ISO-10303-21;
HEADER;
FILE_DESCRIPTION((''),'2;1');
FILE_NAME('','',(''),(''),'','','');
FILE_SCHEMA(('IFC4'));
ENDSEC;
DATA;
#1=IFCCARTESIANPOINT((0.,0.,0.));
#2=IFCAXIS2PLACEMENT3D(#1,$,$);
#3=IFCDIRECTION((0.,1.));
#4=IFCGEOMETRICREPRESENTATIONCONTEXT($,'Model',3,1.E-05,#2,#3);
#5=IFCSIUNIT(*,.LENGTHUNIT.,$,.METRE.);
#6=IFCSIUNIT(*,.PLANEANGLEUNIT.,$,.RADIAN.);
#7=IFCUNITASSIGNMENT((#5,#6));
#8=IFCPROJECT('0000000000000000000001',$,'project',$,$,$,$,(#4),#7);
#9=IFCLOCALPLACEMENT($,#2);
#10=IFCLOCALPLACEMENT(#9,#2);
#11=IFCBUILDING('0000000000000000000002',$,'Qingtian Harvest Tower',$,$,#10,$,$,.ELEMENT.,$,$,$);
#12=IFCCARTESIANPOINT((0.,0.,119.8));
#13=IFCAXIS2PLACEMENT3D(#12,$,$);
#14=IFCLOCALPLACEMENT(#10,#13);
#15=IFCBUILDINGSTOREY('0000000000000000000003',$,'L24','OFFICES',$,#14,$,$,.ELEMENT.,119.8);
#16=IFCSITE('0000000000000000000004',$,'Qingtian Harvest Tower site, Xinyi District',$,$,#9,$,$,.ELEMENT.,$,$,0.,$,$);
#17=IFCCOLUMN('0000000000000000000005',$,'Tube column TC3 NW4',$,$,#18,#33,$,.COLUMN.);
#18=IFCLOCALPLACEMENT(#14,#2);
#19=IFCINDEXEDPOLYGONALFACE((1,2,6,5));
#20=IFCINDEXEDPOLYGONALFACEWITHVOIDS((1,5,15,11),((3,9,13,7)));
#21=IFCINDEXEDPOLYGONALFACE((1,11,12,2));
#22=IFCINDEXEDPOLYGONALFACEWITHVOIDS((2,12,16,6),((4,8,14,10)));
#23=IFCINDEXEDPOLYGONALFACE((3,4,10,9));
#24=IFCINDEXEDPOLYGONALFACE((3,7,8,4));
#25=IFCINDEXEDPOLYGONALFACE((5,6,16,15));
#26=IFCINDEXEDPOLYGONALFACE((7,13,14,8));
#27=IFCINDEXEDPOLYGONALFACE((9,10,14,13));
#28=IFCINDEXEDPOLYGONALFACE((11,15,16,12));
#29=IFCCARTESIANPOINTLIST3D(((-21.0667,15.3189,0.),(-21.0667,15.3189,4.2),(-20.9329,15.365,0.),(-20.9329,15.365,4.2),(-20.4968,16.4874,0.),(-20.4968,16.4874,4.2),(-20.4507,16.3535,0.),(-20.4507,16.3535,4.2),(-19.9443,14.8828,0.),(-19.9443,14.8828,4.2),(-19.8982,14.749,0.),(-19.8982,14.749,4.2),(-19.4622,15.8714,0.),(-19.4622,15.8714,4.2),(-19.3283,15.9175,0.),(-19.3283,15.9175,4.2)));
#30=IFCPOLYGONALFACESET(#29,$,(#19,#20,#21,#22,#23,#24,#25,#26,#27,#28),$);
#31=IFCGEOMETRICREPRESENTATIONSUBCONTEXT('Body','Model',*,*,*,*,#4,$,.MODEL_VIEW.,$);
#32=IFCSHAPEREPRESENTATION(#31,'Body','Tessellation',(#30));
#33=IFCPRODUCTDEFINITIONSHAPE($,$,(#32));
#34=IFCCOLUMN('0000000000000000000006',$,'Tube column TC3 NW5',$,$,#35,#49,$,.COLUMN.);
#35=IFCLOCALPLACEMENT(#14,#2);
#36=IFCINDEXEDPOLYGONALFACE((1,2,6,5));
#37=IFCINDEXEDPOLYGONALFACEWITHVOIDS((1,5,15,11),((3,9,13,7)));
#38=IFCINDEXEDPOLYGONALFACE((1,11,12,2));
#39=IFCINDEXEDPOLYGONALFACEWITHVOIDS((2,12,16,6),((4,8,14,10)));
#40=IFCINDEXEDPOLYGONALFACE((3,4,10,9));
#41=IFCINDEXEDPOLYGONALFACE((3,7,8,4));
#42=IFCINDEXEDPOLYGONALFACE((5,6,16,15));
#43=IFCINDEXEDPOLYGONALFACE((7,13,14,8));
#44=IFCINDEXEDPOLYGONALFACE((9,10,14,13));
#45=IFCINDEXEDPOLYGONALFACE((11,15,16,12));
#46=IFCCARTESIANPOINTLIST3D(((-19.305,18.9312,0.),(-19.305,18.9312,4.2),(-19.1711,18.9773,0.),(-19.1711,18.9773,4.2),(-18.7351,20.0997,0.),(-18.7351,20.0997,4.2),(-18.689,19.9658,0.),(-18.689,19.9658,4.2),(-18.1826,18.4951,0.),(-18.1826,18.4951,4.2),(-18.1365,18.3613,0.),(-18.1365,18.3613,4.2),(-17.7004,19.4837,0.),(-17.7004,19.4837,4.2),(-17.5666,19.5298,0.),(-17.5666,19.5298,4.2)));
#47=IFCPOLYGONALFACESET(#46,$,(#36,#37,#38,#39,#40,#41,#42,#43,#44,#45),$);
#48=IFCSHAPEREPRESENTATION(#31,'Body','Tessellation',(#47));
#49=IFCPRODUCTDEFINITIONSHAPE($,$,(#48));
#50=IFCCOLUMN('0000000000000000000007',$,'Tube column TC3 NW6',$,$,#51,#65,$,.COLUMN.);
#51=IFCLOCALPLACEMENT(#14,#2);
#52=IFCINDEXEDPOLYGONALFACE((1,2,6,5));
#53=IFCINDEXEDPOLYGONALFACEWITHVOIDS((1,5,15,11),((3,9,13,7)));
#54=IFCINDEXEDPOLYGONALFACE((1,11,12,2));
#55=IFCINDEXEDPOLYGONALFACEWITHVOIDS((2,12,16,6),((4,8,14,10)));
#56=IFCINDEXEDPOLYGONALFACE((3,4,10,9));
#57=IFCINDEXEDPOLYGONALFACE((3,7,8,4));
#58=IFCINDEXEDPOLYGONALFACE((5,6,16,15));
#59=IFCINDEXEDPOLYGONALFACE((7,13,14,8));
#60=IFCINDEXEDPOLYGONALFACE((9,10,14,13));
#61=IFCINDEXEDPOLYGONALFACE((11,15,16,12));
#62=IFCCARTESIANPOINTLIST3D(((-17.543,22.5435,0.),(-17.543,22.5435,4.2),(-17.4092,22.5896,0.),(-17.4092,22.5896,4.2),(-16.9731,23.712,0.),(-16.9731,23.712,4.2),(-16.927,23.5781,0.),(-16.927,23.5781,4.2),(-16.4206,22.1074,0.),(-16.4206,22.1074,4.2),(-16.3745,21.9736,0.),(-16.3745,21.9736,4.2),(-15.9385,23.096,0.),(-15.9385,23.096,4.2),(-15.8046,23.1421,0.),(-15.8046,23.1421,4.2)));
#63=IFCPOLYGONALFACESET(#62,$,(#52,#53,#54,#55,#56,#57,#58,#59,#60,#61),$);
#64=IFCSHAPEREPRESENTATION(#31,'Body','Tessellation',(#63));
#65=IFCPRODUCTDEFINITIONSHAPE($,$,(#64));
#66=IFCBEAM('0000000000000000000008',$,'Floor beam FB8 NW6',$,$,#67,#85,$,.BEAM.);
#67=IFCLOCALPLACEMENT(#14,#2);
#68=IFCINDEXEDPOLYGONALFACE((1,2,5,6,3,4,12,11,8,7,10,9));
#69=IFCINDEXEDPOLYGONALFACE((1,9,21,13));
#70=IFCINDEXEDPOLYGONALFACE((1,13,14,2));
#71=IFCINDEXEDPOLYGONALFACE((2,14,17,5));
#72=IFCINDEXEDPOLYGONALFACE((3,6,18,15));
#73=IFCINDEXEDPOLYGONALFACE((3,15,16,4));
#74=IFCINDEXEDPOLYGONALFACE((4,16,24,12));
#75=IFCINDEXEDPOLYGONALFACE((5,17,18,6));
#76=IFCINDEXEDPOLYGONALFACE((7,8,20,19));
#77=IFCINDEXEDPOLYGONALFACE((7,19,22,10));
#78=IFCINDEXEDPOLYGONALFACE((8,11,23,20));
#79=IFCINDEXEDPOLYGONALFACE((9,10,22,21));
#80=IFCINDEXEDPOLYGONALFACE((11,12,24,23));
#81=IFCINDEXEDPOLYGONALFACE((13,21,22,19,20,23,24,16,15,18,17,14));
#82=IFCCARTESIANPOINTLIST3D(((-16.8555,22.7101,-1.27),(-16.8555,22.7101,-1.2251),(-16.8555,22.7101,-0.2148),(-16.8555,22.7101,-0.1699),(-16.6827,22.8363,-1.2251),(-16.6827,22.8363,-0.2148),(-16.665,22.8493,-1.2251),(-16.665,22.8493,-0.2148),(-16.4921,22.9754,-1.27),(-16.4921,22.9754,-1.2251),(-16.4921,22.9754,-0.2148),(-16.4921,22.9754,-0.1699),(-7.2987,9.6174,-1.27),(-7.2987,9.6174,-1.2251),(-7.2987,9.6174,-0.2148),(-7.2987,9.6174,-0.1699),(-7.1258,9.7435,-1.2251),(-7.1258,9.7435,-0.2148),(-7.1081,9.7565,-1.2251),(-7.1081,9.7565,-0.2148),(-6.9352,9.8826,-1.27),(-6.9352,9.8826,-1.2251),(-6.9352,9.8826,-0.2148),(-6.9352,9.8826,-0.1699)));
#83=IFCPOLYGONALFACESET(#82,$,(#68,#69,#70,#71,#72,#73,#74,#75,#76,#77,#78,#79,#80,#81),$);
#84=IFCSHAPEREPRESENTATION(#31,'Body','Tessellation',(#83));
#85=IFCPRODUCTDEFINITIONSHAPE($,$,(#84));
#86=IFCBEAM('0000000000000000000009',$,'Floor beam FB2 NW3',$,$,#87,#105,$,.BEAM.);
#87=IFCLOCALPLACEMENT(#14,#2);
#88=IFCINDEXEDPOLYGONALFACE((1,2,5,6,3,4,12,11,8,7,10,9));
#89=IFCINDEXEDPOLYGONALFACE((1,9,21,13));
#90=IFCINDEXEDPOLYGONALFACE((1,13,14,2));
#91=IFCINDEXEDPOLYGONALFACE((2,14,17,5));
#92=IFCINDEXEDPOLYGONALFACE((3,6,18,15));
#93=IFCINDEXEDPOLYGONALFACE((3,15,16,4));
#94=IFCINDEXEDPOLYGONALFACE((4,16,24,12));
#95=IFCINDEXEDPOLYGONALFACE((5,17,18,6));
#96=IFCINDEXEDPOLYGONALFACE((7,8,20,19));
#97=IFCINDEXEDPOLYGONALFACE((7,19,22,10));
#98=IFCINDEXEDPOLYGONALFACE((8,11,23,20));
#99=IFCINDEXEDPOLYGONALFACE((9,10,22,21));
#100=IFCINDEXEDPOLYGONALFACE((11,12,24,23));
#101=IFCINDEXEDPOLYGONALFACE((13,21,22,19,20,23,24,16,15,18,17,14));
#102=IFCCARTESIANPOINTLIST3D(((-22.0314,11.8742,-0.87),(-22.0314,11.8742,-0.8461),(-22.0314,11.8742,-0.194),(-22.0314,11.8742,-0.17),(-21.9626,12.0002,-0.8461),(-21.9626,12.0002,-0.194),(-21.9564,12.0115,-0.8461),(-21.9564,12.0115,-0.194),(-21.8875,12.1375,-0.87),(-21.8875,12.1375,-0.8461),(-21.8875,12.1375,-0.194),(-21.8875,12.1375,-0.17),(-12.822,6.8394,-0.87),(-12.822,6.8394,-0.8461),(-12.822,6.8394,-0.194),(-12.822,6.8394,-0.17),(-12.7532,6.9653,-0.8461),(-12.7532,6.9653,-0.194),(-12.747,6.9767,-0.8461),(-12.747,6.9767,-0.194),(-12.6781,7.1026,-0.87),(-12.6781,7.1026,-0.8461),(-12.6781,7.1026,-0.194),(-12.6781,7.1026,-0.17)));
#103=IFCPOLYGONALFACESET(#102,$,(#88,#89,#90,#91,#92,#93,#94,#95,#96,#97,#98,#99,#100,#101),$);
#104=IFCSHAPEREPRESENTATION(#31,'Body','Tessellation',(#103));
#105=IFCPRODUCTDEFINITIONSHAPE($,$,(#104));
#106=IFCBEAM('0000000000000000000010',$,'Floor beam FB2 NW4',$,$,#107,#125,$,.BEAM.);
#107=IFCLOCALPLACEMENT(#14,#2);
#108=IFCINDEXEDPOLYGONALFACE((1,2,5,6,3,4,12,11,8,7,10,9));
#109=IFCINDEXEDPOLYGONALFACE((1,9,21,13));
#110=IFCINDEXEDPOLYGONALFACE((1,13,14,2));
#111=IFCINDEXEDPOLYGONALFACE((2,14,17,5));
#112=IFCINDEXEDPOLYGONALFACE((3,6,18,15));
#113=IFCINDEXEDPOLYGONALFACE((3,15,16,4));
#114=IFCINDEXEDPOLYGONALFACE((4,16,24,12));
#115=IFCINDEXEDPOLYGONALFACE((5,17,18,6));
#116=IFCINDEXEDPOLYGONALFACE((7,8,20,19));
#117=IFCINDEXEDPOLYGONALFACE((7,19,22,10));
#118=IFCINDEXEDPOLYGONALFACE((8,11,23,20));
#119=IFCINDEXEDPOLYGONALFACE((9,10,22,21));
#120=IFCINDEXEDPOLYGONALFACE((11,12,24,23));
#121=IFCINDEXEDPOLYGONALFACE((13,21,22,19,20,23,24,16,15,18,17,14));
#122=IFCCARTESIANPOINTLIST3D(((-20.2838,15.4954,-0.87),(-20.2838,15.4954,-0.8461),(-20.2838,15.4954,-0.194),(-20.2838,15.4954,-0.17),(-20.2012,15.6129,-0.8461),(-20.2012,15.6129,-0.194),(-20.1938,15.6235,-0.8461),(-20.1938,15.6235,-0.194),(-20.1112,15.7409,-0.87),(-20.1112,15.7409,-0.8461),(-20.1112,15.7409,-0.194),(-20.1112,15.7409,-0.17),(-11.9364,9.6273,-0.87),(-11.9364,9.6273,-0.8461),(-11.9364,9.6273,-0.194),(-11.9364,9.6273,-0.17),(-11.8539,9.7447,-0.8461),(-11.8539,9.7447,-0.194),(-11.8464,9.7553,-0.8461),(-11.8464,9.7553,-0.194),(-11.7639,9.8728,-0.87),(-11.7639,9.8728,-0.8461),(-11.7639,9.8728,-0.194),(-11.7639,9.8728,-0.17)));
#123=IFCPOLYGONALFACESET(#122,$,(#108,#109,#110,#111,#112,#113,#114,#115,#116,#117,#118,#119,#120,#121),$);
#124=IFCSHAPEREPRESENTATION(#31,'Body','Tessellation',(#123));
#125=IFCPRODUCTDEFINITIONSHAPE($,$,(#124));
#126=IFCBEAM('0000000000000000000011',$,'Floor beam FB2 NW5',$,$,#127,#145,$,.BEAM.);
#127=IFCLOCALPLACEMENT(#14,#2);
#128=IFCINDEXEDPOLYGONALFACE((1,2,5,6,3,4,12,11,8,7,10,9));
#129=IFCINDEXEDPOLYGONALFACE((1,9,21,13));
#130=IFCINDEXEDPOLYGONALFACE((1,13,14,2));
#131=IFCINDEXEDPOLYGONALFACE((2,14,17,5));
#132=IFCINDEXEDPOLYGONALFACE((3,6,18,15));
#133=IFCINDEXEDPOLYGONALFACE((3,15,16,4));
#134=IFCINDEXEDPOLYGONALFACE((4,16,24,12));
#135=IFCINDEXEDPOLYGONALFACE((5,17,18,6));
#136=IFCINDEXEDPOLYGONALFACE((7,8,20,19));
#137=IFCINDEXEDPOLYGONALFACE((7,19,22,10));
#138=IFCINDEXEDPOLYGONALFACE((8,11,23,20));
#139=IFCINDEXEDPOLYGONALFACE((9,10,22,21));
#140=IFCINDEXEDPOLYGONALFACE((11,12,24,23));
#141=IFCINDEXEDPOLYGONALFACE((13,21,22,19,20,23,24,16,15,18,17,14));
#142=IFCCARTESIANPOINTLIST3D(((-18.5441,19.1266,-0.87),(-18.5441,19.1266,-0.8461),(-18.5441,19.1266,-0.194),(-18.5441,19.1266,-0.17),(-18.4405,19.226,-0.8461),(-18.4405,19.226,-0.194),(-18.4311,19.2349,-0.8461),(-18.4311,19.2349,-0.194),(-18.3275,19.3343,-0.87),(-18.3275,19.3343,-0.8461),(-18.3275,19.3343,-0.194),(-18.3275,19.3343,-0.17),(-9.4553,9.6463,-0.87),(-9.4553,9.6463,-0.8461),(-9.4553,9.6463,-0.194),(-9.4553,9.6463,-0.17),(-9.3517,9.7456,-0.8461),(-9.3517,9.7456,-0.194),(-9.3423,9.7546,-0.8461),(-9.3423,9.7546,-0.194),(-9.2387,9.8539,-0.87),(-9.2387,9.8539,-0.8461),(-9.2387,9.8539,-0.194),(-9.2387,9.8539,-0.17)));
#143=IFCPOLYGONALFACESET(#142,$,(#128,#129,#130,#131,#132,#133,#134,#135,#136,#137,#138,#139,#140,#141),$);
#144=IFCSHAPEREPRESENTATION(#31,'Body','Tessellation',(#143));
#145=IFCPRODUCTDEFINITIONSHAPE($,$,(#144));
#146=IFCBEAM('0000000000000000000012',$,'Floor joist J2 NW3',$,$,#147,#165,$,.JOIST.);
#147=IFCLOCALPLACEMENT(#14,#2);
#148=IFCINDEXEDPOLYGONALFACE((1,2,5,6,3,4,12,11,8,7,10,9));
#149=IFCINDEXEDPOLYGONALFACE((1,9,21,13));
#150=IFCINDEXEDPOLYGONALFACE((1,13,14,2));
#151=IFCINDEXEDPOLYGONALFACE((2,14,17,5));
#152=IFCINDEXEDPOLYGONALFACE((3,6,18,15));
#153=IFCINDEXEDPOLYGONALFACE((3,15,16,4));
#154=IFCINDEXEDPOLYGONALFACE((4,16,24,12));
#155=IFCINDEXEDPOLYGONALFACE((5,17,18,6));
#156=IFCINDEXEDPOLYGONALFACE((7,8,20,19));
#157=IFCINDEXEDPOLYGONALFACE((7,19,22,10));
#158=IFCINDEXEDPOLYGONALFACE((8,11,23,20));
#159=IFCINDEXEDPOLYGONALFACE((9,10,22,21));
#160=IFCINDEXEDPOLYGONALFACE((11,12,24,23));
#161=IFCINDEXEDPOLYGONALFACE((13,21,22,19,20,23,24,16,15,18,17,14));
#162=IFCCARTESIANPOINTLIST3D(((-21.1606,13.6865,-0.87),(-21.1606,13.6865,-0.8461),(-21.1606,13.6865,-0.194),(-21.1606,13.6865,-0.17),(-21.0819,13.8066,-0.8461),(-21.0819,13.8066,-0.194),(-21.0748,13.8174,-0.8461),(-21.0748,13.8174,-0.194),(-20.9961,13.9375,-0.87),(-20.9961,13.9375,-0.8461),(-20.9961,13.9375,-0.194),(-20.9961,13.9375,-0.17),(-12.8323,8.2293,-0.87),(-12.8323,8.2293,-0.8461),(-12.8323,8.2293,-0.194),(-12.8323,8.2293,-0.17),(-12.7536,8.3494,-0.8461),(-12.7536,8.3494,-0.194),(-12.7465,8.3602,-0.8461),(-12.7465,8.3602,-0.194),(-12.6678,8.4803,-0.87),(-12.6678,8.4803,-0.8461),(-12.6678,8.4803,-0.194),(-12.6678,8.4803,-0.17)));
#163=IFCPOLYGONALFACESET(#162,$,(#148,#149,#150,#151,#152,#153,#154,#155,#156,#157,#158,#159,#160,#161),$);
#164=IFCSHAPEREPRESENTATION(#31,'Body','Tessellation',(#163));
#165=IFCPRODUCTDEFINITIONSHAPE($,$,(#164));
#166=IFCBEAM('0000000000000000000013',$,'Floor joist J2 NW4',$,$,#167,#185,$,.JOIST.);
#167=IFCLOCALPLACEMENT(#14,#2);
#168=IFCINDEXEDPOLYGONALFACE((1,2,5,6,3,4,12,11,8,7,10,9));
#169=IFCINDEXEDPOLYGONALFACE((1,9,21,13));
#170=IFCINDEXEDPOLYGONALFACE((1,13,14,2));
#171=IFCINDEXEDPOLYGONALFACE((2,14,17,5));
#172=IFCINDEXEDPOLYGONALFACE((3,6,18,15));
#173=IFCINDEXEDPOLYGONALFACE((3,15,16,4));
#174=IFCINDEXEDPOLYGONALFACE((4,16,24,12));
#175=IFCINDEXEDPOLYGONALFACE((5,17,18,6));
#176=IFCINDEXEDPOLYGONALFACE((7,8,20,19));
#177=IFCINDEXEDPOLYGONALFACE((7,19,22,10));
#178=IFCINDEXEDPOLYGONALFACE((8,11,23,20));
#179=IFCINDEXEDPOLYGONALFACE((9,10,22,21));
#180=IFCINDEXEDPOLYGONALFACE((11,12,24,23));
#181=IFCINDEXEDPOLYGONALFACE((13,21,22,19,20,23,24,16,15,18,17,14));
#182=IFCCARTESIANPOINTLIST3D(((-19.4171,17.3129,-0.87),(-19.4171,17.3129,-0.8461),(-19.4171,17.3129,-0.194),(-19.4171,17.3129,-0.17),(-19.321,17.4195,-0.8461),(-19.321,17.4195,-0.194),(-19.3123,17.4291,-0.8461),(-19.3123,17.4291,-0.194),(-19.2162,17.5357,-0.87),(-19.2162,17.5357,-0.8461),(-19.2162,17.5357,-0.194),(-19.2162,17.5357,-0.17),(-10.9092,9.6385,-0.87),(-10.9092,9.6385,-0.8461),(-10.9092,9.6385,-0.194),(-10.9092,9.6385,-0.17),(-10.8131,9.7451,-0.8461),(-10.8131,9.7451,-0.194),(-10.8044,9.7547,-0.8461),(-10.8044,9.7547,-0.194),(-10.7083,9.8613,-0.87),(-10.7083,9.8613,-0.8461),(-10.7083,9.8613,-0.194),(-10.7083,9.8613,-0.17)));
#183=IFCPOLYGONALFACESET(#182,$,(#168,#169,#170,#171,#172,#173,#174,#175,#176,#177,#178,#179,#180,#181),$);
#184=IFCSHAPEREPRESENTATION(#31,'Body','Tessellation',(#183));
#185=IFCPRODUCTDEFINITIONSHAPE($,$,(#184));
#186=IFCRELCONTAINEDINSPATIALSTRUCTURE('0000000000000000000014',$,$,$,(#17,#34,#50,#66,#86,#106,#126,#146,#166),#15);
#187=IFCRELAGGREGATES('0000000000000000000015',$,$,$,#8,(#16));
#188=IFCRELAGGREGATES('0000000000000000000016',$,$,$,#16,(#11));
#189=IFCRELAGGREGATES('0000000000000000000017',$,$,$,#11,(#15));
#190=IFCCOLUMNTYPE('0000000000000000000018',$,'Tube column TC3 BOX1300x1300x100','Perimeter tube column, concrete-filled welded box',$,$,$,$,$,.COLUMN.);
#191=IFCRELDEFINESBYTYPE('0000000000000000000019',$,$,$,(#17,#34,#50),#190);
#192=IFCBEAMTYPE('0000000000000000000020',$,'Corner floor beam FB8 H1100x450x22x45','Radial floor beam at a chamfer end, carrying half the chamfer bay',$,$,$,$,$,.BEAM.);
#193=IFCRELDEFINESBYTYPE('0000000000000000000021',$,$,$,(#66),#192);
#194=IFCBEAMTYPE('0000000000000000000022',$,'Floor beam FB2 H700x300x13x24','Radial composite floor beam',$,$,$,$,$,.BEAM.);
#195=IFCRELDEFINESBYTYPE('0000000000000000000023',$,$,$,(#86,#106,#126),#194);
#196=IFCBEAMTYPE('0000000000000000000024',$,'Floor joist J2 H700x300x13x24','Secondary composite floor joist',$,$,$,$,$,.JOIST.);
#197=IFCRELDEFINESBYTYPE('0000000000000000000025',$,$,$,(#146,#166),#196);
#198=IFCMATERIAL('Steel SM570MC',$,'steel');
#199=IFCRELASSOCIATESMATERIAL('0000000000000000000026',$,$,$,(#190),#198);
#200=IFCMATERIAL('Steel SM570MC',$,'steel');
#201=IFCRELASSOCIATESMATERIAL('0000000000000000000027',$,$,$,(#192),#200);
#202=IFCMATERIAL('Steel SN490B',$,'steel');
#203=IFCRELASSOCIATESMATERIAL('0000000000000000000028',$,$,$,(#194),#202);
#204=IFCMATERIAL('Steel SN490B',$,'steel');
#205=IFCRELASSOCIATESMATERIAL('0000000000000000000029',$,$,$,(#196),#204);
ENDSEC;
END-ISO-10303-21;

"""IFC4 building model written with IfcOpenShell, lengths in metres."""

from ifc_helpers import new_model, si_unit, direction, frame, origin, origin_2d, place, context, subcontext, project, spatial, hollow_rectangle, i_section, extrude, material, material_profile, profile_set, type_object, element, save


model = new_model("IFC4")

# Units and contexts
model_context = context("Model", 3, precision=1e-05, world=origin(), true_north=direction((0.0, 1.0)))
body_context = subcontext(model_context, "Body", "Model", "MODEL_VIEW")
ifc_project = project(units=[si_unit("LENGTHUNIT", "METRE"), si_unit("PLANEANGLEUNIT", "RADIAN")], contexts=[model_context])

# Site, building, storey
site_placement = place(None, origin())
site = spatial("IfcSite", under=ifc_project, at=site_placement, Name="Qingtian Harvest Tower site, Xinyi District", CompositionType="ELEMENT", RefElevation=0.0)
building_placement = place(site_placement, origin())
building = spatial("IfcBuilding", under=site, at=building_placement, Name="Qingtian Harvest Tower", CompositionType="ELEMENT")
storey_placement = place(building_placement, frame((0.0, 0.0, 119.8)))
storey = spatial("IfcBuildingStorey", under=building, at=storey_placement, Name="L24", Description="OFFICES", CompositionType="ELEMENT", Elevation=119.8)

# Columns
ifc_material_1 = material(Name="Steel SM570MC", Category="steel")
ifc_material_profile_1 = material_profile(ifc_material_1, hollow_rectangle(XDim=1.3, YDim=1.3, WallThickness=0.1001, at=origin_2d()), Name="BOX1300x1300x100")
ifc_profile_set_1 = profile_set([ifc_material_profile_1], Name="Steel SM570MC")
column_type = type_object("IfcColumnType", Name="Tube column TC3 BOX1300x1300x100", Description="Perimeter tube column, concrete-filled welded box", PredefinedType="COLUMN", material=ifc_profile_set_1)
for number, where, z_axis, x_axis, name in (
    (1, (-20.1975, 15.6182, 0.0), (0.0, 0.0, 1.0), (-0.438371, -0.898794, 0.0), "Tube column TC3 NW4"),
    (2, (-18.4358, 19.2305, 0.0), (0.0, 0.0, 1.0), (-0.438371, -0.898794, 0.0), "Tube column TC3 NW5"),
    (3, (-16.6738, 22.8428, 0.0), (0.0, 0.0, 1.0), (-0.438371, -0.898794, 0.0), "Tube column TC3 NW6"),
):
    element("IfcColumn", number, at=place(storey_placement, frame(where, z_axis=z_axis, x_axis=x_axis)), inside=storey, type_object=column_type, Name=name, PredefinedType="COLUMN", context=body_context, shape_type="SweptSolid", body=[
        extrude(hollow_rectangle(XDim=1.3, YDim=1.3, WallThickness=0.1001, at=origin_2d()), origin(), (0.0, 0.0, 1.0), 4.2),
    ])

# Beams
ifc_material_2 = material(Name="Steel SM570MC", Category="steel")
ifc_material_profile_2 = material_profile(ifc_material_2, i_section(OverallWidth=0.45, OverallDepth=1.1001, WebThickness=0.022, FlangeThickness=0.0449, at=origin_2d()), Name="H1100x450x22x45")
ifc_profile_set_2 = profile_set([ifc_material_profile_2], Name="Steel SM570MC")
beam_type_1 = type_object("IfcBeamType", Name="Corner floor beam FB8 H1100x450x22x45", Description="Radial floor beam at a chamfer end, carrying half the chamfer bay", PredefinedType="BEAM", material=ifc_profile_set_2)
beam_1_placement = place(storey_placement, frame((-16.6738, 22.8428, -0.72), z_axis=(0.589578, -0.807712, 0.0), x_axis=(0.807712, 0.589578, 0.0)))
element("IfcBeam", 4, at=beam_1_placement, inside=storey, type_object=beam_type_1, Name="Floor beam FB8 NW6", PredefinedType="BEAM", context=body_context, shape_type="SweptSolid", body=[
    extrude(i_section(OverallWidth=0.45, OverallDepth=1.1001, WebThickness=0.022, FlangeThickness=0.0449, at=origin_2d()), origin(), (0.0, 0.0, 1.0), 16.2097),
])
ifc_material_3 = material(Name="Steel SN490B", Category="steel")
ifc_material_profile_3 = material_profile(ifc_material_3, i_section(OverallWidth=0.3, OverallDepth=0.7, WebThickness=0.0129, FlangeThickness=0.0239, at=origin_2d()), Name="H700x300x13x24")
ifc_profile_set_3 = profile_set([ifc_material_profile_3], Name="Steel SN490B")
beam_type_2 = type_object("IfcBeamType", Name="Floor beam FB2 H700x300x13x24", Description="Radial composite floor beam", PredefinedType="BEAM", material=ifc_profile_set_3)
beam_2_placement = place(storey_placement, frame((-21.9595, 12.0059, -0.52), z_axis=(0.877432, -0.479701, 0.0), x_axis=(0.479701, 0.877432, 0.0)))
element("IfcBeam", 5, at=beam_2_placement, inside=storey, type_object=beam_type_2, Name="Floor beam FB2 NW3", PredefinedType="BEAM", context=body_context, shape_type="SweptSolid", body=[
    extrude(i_section(OverallWidth=0.3, OverallDepth=0.7, WebThickness=0.0129, FlangeThickness=0.0239, at=origin_2d()), origin(), (0.0, 0.0, 1.0), 10.4958),
])
beam_3_placement = place(storey_placement, frame((-20.1975, 15.6182, -0.52), z_axis=(0.81808, -0.575104, 0.0), x_axis=(0.575104, 0.81808, 0.0)))
element("IfcBeam", 6, at=beam_3_placement, inside=storey, type_object=beam_type_2, Name="Floor beam FB2 NW4", PredefinedType="BEAM", context=body_context, shape_type="SweptSolid", body=[
    extrude(i_section(OverallWidth=0.3, OverallDepth=0.7, WebThickness=0.0129, FlangeThickness=0.0239, at=origin_2d()), origin(), (0.0, 0.0, 1.0), 10.2036),
])
beam_4_placement = place(storey_placement, frame((-18.4358, 19.2305, -0.52), z_axis=(0.692041, -0.721858, 0.0), x_axis=(0.721858, 0.692041, 0.0)))
element("IfcBeam", 7, at=beam_4_placement, inside=storey, type_object=beam_type_2, Name="Floor beam FB2 NW5", PredefinedType="BEAM", context=body_context, shape_type="SweptSolid", body=[
    extrude(i_section(OverallWidth=0.3, OverallDepth=0.7, WebThickness=0.0129, FlangeThickness=0.0239, at=origin_2d()), origin(), (0.0, 0.0, 1.0), 13.1333),
])
ifc_material_4 = material(Name="Steel SN490B", Category="steel")
ifc_material_profile_4 = material_profile(ifc_material_4, i_section(OverallWidth=0.3, OverallDepth=0.7, WebThickness=0.0129, FlangeThickness=0.0239, at=origin_2d()), Name="H700x300x13x24")
ifc_profile_set_4 = profile_set([ifc_material_profile_4], Name="Steel SN490B")
beam_type_3 = type_object("IfcBeamType", Name="Floor joist J2 H700x300x13x24", Description="Secondary composite floor joist", PredefinedType="JOIST", material=ifc_profile_set_4)
beam_5_placement = place(storey_placement, frame((-21.0784, 13.812, -0.52), z_axis=(0.836426, -0.548079, 0.0), x_axis=(0.548079, 0.836426, 0.0)))
element("IfcBeam", 8, at=beam_5_placement, inside=storey, type_object=beam_type_3, Name="Floor joist J2 NW3", PredefinedType="JOIST", context=body_context, shape_type="SweptSolid", body=[
    extrude(i_section(OverallWidth=0.3, OverallDepth=0.7, WebThickness=0.0129, FlangeThickness=0.0239, at=origin_2d()), origin(), (0.0, 0.0, 1.0), 9.957),
])
beam_6_placement = place(storey_placement, frame((-19.3167, 17.4243, -0.52), z_axis=(0.742544, -0.669798, 0.0), x_axis=(0.669798, 0.742544, 0.0)))
element("IfcBeam", 9, at=beam_6_placement, inside=storey, type_object=beam_type_3, Name="Floor joist J2 NW4", PredefinedType="JOIST", context=body_context, shape_type="SweptSolid", body=[
    extrude(i_section(OverallWidth=0.3, OverallDepth=0.7, WebThickness=0.0129, FlangeThickness=0.0239, at=origin_2d()), origin(), (0.0, 0.0, 1.0), 11.4578),
])

save(model, "model.ifc")
